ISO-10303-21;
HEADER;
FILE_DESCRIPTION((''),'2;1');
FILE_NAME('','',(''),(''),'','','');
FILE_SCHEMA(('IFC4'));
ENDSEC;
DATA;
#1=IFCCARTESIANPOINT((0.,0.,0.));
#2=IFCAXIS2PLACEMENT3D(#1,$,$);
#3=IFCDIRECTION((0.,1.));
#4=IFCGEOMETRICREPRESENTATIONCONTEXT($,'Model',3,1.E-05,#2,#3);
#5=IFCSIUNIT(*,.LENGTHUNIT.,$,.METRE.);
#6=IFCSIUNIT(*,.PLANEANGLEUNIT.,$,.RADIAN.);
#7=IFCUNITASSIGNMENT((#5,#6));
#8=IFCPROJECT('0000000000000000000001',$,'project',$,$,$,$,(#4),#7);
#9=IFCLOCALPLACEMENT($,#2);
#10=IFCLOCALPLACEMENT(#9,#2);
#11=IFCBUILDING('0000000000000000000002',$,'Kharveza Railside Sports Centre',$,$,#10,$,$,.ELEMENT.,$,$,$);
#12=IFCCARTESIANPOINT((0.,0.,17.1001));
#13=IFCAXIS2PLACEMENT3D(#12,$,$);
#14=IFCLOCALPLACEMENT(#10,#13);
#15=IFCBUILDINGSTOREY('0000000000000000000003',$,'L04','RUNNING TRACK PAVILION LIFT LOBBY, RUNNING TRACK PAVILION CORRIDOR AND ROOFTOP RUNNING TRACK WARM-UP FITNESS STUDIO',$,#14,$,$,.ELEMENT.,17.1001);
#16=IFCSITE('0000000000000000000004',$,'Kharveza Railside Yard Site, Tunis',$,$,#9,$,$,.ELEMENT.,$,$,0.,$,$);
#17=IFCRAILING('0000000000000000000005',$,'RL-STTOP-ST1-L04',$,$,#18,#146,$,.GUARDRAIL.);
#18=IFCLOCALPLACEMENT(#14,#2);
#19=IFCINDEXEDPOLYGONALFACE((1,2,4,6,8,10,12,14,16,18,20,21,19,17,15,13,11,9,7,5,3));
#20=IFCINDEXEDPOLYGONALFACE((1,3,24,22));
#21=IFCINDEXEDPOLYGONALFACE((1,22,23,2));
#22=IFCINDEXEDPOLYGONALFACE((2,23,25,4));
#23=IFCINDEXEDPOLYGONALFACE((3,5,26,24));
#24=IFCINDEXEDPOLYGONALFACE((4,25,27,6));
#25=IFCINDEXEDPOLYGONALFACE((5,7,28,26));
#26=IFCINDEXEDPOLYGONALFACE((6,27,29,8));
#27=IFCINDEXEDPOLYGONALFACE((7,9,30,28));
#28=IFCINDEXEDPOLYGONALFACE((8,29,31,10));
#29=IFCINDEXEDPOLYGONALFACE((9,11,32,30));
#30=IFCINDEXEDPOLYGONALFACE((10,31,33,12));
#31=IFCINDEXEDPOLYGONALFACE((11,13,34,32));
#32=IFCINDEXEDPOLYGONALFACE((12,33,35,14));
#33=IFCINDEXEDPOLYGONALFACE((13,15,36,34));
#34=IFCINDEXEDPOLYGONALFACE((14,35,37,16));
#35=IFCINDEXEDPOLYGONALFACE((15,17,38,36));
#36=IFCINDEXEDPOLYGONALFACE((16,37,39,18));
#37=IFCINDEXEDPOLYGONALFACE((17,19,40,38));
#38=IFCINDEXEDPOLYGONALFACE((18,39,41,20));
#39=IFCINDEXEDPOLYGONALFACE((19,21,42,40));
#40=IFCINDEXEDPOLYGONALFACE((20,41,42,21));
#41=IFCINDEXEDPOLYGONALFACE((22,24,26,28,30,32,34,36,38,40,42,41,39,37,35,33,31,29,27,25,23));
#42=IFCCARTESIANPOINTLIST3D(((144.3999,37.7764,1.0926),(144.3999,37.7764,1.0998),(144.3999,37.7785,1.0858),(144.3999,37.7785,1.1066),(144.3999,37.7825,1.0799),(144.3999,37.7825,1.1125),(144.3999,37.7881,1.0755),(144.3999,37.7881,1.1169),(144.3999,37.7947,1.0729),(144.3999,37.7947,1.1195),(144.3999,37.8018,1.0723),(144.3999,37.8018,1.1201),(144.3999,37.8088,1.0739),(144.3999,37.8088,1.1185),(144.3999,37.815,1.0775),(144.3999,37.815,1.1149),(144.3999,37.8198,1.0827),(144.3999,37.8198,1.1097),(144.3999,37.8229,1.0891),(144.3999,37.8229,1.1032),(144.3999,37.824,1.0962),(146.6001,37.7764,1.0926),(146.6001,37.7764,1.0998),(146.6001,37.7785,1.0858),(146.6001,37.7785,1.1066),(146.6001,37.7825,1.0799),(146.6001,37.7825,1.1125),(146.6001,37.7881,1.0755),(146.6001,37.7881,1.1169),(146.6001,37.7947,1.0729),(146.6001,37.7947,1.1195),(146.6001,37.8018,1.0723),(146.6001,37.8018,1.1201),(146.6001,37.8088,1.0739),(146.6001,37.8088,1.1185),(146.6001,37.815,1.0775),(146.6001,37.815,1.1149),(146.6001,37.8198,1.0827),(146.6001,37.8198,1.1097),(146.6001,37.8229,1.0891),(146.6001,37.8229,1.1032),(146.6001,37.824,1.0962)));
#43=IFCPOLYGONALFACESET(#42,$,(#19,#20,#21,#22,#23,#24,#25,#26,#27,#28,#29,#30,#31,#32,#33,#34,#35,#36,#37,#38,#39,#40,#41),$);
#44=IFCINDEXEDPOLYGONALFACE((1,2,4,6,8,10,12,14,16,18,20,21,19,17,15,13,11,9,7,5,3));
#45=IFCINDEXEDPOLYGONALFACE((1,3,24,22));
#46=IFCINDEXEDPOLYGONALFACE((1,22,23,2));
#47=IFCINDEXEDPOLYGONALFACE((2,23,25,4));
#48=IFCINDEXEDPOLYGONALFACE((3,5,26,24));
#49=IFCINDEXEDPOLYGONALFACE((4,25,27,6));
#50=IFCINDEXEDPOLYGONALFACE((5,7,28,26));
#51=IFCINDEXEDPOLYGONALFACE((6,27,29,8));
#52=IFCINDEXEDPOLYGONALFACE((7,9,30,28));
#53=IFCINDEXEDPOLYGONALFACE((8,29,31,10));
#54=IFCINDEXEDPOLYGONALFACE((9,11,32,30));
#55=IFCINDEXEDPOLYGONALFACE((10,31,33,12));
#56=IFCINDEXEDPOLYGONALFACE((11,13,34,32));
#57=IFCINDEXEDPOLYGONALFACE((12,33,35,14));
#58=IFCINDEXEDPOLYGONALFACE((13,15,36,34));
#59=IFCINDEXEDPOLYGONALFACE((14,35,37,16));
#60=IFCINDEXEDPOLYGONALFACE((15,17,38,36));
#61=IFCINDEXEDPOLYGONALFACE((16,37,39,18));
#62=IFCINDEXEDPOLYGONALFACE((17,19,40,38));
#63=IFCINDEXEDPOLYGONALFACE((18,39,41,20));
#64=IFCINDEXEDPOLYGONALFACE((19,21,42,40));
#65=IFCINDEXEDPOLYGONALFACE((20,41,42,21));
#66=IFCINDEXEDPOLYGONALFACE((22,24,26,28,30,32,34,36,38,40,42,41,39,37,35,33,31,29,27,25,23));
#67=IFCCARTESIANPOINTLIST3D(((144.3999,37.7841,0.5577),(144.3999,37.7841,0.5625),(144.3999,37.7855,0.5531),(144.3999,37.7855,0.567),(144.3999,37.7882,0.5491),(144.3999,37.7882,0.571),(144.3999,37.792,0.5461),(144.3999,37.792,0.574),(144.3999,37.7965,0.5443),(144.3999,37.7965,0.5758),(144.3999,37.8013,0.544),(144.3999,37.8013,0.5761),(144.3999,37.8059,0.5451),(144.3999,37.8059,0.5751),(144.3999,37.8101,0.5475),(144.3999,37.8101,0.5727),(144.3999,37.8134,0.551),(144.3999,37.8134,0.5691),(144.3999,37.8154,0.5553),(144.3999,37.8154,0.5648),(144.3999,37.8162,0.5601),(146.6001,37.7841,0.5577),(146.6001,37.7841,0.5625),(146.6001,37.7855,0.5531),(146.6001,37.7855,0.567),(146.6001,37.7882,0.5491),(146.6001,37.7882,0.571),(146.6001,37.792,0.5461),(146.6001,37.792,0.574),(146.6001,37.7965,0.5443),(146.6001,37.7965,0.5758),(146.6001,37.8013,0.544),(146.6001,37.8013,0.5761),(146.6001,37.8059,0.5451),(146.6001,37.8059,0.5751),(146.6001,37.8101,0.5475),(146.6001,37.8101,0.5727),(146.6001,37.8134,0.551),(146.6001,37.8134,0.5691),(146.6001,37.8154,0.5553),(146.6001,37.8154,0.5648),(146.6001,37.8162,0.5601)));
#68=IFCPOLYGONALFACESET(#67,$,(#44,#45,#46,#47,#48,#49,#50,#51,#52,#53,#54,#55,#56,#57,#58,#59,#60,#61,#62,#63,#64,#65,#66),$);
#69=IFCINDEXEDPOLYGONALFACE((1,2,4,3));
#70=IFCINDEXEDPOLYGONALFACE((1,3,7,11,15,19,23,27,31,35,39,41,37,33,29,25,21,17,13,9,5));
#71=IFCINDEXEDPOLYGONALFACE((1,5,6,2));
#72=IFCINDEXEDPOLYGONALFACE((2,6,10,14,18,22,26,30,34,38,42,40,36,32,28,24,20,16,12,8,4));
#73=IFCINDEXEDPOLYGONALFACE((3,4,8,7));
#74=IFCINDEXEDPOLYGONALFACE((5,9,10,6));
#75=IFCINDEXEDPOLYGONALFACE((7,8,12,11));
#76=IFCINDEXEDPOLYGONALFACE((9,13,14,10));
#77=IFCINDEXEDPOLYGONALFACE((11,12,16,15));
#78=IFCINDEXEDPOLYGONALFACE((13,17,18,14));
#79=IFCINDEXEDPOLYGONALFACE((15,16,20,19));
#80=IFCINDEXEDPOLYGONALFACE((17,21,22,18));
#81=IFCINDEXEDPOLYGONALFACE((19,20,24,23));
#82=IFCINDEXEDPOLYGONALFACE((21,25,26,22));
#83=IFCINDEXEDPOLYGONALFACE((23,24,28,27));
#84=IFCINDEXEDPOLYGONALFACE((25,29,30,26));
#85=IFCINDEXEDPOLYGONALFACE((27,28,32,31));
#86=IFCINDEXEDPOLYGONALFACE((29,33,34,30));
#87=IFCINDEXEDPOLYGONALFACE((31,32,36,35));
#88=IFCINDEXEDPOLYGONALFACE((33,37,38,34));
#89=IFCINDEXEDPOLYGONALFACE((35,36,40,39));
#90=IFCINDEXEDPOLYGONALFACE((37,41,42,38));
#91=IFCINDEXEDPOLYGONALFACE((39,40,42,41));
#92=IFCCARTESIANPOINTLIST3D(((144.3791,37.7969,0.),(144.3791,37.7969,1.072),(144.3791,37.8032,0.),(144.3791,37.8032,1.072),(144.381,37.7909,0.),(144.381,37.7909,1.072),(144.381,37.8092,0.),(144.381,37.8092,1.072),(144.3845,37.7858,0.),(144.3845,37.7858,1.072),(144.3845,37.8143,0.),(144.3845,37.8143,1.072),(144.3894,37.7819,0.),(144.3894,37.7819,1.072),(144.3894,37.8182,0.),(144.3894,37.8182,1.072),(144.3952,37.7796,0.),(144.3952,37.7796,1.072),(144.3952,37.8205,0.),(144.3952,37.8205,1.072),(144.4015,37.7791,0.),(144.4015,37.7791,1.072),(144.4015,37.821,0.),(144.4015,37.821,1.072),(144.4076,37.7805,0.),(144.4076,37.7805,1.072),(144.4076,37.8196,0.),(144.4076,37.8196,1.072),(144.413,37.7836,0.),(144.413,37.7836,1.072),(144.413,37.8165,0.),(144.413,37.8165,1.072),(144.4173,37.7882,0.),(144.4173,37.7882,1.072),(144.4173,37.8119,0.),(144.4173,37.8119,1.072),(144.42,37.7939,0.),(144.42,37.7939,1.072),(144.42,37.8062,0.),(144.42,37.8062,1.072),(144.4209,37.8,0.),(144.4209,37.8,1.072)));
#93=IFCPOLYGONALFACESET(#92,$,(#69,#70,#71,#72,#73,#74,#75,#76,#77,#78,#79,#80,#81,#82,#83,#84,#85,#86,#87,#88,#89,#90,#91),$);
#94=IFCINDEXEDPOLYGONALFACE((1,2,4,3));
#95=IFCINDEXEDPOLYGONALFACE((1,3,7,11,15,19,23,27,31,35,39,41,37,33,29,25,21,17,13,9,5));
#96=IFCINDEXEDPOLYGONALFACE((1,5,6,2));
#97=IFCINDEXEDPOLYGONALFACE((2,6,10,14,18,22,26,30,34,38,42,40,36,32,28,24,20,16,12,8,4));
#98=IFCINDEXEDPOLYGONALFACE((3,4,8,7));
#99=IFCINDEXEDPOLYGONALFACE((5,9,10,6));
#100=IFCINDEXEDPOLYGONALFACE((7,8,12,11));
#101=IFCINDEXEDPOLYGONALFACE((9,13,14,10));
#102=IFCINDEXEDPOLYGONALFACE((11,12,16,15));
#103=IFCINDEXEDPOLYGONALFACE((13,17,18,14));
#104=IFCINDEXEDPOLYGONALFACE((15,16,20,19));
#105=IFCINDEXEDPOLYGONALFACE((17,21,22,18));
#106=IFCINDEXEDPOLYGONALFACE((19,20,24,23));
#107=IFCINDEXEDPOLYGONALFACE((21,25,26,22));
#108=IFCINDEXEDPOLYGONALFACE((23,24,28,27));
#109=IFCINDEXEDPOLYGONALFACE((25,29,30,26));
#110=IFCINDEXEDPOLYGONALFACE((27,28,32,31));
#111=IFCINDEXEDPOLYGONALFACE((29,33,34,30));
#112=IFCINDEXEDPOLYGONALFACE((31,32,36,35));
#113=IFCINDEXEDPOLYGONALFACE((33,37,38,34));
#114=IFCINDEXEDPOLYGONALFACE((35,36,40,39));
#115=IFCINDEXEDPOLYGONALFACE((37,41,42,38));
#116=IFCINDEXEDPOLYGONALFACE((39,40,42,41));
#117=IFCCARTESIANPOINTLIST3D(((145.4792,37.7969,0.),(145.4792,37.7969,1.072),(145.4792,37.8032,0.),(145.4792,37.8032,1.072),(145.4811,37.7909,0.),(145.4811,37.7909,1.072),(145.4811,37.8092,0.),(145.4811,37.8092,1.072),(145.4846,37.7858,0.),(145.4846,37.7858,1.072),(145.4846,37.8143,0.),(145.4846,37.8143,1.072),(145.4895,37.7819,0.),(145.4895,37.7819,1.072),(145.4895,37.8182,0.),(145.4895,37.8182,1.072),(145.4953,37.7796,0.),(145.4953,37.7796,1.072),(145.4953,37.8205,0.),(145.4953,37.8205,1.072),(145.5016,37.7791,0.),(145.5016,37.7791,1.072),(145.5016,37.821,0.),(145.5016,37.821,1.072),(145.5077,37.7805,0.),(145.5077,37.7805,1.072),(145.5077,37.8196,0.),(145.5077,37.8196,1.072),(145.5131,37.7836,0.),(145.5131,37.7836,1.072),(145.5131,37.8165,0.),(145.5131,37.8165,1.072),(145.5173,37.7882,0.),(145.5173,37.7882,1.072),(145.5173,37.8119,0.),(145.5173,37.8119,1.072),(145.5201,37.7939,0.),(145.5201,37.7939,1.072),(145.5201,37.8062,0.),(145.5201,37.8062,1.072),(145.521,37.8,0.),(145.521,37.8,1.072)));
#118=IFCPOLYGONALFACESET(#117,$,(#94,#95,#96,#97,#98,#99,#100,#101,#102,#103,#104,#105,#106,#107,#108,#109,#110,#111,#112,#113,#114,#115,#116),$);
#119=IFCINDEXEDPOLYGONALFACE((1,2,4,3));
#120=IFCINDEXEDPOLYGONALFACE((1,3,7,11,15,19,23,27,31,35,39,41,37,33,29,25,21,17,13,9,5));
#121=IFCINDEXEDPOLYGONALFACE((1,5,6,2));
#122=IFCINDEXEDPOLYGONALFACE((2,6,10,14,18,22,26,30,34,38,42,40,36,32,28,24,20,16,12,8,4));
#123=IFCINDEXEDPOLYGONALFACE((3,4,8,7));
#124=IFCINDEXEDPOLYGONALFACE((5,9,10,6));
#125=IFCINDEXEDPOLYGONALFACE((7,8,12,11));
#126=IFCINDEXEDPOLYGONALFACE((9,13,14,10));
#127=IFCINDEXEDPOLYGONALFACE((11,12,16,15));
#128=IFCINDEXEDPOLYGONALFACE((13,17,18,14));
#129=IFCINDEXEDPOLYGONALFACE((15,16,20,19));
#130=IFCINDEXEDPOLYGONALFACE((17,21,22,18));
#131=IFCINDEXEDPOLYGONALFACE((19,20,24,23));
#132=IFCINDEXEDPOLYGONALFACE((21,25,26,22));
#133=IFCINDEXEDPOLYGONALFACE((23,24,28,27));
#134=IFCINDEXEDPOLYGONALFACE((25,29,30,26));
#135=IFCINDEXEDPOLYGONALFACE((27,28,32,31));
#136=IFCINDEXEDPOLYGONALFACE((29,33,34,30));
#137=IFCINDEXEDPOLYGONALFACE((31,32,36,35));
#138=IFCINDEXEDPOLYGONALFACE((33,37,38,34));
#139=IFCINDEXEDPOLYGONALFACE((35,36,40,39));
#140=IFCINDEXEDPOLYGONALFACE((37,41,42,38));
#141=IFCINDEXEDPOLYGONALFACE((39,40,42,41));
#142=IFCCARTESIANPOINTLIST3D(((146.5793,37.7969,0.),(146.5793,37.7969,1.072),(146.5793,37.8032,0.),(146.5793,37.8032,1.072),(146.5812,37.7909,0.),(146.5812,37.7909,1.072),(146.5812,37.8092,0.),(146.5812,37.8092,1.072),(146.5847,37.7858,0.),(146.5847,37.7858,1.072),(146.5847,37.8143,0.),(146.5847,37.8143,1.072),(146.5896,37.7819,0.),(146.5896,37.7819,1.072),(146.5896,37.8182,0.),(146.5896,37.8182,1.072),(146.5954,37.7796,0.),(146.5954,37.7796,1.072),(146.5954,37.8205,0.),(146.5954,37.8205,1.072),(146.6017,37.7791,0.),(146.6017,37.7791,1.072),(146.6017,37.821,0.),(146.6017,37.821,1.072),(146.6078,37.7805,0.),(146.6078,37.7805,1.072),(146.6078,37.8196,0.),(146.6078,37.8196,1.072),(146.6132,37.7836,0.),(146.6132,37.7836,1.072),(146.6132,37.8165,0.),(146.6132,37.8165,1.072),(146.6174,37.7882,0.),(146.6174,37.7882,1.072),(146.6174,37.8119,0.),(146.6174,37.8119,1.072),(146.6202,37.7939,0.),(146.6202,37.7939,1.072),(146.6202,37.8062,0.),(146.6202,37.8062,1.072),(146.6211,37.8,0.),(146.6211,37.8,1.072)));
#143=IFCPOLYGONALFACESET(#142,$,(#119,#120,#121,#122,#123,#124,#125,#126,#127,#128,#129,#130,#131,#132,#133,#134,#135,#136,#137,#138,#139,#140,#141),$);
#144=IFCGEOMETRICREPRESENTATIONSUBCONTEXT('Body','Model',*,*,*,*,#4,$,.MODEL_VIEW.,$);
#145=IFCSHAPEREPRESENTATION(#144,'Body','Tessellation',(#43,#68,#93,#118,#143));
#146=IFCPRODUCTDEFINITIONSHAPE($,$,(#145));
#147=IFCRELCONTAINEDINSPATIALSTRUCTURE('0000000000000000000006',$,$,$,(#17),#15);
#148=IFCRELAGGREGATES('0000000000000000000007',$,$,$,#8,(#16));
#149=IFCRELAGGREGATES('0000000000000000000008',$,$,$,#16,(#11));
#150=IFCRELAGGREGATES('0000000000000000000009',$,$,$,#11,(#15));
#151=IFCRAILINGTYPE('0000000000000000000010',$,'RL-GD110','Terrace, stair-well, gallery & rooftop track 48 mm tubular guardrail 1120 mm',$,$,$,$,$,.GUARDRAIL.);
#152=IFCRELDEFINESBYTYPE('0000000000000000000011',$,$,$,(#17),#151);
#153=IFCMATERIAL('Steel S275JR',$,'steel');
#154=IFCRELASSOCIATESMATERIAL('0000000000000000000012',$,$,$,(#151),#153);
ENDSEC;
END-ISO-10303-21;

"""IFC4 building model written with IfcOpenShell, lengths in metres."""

from ifc_helpers import new_model, si_unit, direction, frame, origin, origin_2d, place, context, subcontext, project, spatial, circle, extrude, material, type_object, element, save


model = new_model("IFC4")

# Units and contexts
model_context = context("Model", 3, precision=1e-05, world=origin(), true_north=direction((0.0, 1.0)))
body_context = subcontext(model_context, "Body", "Model", "MODEL_VIEW")
ifc_project = project(units=[si_unit("LENGTHUNIT", "METRE"), si_unit("PLANEANGLEUNIT", "RADIAN")], contexts=[model_context])

# Site, building, storey
site_placement = place(None, origin())
site = spatial("IfcSite", under=ifc_project, at=site_placement, Name="Kharveza Railside Yard Site, Tunis", CompositionType="ELEMENT", RefElevation=0.0)
building_placement = place(site_placement, origin())
building = spatial("IfcBuilding", under=site, at=building_placement, Name="Kharveza Railside Sports Centre", CompositionType="ELEMENT")
storey_placement = place(building_placement, frame((0.0, 0.0, 17.1001)))
storey = spatial("IfcBuildingStorey", under=building, at=storey_placement, Name="L04", Description="RUNNING TRACK PAVILION LIFT LOBBY, RUNNING TRACK PAVILION CORRIDOR AND ROOFTOP RUNNING TRACK WARM-UP FITNESS STUDIO", CompositionType="ELEMENT", Elevation=17.1001)

# Railing
ifc_material_1 = material(Name="Steel S275JR", Category="steel")
railing_type = type_object("IfcRailingType", Name="RL-GD110", Description="Terrace, stair-well, gallery & rooftop track 48 mm tubular guardrail 1120 mm", PredefinedType="GUARDRAIL", material=ifc_material_1)
railing_1_placement = place(storey_placement, frame((144.3999, 37.8, 0.0)))
element("IfcRailing", 1, at=railing_1_placement, inside=storey, type_object=railing_type, Name="RL-STTOP-ST1-L04", PredefinedType="GUARDRAIL", context=body_context, shape_type="SweptSolid", body=[
    extrude(circle(Radius=0.0239, at=origin_2d()), frame((0.0, 0.0, 1.0962), z_axis=(1.0, 0.0, 0.0), x_axis=(0.0, 1.0, 0.0)), (0.0, 0.0, 1.0), 2.2002),
    extrude(circle(Radius=0.0161, at=origin_2d()), frame((0.0, 0.0, 0.5601), z_axis=(1.0, 0.0, 0.0), x_axis=(0.0, 1.0, 0.0)), (0.0, 0.0, 1.0), 2.2002),
    extrude(circle(Radius=0.021, at=origin_2d()), origin(), (0.0, 0.0, 1.0), 1.072),
    extrude(circle(Radius=0.021, at=origin_2d()), frame((1.1001, 0.0, 0.0)), (0.0, 0.0, 1.0), 1.072),
    extrude(circle(Radius=0.021, at=origin_2d()), frame((2.2002, 0.0, 0.0)), (0.0, 0.0, 1.0), 1.072),
])

save(model, "model.ifc")
